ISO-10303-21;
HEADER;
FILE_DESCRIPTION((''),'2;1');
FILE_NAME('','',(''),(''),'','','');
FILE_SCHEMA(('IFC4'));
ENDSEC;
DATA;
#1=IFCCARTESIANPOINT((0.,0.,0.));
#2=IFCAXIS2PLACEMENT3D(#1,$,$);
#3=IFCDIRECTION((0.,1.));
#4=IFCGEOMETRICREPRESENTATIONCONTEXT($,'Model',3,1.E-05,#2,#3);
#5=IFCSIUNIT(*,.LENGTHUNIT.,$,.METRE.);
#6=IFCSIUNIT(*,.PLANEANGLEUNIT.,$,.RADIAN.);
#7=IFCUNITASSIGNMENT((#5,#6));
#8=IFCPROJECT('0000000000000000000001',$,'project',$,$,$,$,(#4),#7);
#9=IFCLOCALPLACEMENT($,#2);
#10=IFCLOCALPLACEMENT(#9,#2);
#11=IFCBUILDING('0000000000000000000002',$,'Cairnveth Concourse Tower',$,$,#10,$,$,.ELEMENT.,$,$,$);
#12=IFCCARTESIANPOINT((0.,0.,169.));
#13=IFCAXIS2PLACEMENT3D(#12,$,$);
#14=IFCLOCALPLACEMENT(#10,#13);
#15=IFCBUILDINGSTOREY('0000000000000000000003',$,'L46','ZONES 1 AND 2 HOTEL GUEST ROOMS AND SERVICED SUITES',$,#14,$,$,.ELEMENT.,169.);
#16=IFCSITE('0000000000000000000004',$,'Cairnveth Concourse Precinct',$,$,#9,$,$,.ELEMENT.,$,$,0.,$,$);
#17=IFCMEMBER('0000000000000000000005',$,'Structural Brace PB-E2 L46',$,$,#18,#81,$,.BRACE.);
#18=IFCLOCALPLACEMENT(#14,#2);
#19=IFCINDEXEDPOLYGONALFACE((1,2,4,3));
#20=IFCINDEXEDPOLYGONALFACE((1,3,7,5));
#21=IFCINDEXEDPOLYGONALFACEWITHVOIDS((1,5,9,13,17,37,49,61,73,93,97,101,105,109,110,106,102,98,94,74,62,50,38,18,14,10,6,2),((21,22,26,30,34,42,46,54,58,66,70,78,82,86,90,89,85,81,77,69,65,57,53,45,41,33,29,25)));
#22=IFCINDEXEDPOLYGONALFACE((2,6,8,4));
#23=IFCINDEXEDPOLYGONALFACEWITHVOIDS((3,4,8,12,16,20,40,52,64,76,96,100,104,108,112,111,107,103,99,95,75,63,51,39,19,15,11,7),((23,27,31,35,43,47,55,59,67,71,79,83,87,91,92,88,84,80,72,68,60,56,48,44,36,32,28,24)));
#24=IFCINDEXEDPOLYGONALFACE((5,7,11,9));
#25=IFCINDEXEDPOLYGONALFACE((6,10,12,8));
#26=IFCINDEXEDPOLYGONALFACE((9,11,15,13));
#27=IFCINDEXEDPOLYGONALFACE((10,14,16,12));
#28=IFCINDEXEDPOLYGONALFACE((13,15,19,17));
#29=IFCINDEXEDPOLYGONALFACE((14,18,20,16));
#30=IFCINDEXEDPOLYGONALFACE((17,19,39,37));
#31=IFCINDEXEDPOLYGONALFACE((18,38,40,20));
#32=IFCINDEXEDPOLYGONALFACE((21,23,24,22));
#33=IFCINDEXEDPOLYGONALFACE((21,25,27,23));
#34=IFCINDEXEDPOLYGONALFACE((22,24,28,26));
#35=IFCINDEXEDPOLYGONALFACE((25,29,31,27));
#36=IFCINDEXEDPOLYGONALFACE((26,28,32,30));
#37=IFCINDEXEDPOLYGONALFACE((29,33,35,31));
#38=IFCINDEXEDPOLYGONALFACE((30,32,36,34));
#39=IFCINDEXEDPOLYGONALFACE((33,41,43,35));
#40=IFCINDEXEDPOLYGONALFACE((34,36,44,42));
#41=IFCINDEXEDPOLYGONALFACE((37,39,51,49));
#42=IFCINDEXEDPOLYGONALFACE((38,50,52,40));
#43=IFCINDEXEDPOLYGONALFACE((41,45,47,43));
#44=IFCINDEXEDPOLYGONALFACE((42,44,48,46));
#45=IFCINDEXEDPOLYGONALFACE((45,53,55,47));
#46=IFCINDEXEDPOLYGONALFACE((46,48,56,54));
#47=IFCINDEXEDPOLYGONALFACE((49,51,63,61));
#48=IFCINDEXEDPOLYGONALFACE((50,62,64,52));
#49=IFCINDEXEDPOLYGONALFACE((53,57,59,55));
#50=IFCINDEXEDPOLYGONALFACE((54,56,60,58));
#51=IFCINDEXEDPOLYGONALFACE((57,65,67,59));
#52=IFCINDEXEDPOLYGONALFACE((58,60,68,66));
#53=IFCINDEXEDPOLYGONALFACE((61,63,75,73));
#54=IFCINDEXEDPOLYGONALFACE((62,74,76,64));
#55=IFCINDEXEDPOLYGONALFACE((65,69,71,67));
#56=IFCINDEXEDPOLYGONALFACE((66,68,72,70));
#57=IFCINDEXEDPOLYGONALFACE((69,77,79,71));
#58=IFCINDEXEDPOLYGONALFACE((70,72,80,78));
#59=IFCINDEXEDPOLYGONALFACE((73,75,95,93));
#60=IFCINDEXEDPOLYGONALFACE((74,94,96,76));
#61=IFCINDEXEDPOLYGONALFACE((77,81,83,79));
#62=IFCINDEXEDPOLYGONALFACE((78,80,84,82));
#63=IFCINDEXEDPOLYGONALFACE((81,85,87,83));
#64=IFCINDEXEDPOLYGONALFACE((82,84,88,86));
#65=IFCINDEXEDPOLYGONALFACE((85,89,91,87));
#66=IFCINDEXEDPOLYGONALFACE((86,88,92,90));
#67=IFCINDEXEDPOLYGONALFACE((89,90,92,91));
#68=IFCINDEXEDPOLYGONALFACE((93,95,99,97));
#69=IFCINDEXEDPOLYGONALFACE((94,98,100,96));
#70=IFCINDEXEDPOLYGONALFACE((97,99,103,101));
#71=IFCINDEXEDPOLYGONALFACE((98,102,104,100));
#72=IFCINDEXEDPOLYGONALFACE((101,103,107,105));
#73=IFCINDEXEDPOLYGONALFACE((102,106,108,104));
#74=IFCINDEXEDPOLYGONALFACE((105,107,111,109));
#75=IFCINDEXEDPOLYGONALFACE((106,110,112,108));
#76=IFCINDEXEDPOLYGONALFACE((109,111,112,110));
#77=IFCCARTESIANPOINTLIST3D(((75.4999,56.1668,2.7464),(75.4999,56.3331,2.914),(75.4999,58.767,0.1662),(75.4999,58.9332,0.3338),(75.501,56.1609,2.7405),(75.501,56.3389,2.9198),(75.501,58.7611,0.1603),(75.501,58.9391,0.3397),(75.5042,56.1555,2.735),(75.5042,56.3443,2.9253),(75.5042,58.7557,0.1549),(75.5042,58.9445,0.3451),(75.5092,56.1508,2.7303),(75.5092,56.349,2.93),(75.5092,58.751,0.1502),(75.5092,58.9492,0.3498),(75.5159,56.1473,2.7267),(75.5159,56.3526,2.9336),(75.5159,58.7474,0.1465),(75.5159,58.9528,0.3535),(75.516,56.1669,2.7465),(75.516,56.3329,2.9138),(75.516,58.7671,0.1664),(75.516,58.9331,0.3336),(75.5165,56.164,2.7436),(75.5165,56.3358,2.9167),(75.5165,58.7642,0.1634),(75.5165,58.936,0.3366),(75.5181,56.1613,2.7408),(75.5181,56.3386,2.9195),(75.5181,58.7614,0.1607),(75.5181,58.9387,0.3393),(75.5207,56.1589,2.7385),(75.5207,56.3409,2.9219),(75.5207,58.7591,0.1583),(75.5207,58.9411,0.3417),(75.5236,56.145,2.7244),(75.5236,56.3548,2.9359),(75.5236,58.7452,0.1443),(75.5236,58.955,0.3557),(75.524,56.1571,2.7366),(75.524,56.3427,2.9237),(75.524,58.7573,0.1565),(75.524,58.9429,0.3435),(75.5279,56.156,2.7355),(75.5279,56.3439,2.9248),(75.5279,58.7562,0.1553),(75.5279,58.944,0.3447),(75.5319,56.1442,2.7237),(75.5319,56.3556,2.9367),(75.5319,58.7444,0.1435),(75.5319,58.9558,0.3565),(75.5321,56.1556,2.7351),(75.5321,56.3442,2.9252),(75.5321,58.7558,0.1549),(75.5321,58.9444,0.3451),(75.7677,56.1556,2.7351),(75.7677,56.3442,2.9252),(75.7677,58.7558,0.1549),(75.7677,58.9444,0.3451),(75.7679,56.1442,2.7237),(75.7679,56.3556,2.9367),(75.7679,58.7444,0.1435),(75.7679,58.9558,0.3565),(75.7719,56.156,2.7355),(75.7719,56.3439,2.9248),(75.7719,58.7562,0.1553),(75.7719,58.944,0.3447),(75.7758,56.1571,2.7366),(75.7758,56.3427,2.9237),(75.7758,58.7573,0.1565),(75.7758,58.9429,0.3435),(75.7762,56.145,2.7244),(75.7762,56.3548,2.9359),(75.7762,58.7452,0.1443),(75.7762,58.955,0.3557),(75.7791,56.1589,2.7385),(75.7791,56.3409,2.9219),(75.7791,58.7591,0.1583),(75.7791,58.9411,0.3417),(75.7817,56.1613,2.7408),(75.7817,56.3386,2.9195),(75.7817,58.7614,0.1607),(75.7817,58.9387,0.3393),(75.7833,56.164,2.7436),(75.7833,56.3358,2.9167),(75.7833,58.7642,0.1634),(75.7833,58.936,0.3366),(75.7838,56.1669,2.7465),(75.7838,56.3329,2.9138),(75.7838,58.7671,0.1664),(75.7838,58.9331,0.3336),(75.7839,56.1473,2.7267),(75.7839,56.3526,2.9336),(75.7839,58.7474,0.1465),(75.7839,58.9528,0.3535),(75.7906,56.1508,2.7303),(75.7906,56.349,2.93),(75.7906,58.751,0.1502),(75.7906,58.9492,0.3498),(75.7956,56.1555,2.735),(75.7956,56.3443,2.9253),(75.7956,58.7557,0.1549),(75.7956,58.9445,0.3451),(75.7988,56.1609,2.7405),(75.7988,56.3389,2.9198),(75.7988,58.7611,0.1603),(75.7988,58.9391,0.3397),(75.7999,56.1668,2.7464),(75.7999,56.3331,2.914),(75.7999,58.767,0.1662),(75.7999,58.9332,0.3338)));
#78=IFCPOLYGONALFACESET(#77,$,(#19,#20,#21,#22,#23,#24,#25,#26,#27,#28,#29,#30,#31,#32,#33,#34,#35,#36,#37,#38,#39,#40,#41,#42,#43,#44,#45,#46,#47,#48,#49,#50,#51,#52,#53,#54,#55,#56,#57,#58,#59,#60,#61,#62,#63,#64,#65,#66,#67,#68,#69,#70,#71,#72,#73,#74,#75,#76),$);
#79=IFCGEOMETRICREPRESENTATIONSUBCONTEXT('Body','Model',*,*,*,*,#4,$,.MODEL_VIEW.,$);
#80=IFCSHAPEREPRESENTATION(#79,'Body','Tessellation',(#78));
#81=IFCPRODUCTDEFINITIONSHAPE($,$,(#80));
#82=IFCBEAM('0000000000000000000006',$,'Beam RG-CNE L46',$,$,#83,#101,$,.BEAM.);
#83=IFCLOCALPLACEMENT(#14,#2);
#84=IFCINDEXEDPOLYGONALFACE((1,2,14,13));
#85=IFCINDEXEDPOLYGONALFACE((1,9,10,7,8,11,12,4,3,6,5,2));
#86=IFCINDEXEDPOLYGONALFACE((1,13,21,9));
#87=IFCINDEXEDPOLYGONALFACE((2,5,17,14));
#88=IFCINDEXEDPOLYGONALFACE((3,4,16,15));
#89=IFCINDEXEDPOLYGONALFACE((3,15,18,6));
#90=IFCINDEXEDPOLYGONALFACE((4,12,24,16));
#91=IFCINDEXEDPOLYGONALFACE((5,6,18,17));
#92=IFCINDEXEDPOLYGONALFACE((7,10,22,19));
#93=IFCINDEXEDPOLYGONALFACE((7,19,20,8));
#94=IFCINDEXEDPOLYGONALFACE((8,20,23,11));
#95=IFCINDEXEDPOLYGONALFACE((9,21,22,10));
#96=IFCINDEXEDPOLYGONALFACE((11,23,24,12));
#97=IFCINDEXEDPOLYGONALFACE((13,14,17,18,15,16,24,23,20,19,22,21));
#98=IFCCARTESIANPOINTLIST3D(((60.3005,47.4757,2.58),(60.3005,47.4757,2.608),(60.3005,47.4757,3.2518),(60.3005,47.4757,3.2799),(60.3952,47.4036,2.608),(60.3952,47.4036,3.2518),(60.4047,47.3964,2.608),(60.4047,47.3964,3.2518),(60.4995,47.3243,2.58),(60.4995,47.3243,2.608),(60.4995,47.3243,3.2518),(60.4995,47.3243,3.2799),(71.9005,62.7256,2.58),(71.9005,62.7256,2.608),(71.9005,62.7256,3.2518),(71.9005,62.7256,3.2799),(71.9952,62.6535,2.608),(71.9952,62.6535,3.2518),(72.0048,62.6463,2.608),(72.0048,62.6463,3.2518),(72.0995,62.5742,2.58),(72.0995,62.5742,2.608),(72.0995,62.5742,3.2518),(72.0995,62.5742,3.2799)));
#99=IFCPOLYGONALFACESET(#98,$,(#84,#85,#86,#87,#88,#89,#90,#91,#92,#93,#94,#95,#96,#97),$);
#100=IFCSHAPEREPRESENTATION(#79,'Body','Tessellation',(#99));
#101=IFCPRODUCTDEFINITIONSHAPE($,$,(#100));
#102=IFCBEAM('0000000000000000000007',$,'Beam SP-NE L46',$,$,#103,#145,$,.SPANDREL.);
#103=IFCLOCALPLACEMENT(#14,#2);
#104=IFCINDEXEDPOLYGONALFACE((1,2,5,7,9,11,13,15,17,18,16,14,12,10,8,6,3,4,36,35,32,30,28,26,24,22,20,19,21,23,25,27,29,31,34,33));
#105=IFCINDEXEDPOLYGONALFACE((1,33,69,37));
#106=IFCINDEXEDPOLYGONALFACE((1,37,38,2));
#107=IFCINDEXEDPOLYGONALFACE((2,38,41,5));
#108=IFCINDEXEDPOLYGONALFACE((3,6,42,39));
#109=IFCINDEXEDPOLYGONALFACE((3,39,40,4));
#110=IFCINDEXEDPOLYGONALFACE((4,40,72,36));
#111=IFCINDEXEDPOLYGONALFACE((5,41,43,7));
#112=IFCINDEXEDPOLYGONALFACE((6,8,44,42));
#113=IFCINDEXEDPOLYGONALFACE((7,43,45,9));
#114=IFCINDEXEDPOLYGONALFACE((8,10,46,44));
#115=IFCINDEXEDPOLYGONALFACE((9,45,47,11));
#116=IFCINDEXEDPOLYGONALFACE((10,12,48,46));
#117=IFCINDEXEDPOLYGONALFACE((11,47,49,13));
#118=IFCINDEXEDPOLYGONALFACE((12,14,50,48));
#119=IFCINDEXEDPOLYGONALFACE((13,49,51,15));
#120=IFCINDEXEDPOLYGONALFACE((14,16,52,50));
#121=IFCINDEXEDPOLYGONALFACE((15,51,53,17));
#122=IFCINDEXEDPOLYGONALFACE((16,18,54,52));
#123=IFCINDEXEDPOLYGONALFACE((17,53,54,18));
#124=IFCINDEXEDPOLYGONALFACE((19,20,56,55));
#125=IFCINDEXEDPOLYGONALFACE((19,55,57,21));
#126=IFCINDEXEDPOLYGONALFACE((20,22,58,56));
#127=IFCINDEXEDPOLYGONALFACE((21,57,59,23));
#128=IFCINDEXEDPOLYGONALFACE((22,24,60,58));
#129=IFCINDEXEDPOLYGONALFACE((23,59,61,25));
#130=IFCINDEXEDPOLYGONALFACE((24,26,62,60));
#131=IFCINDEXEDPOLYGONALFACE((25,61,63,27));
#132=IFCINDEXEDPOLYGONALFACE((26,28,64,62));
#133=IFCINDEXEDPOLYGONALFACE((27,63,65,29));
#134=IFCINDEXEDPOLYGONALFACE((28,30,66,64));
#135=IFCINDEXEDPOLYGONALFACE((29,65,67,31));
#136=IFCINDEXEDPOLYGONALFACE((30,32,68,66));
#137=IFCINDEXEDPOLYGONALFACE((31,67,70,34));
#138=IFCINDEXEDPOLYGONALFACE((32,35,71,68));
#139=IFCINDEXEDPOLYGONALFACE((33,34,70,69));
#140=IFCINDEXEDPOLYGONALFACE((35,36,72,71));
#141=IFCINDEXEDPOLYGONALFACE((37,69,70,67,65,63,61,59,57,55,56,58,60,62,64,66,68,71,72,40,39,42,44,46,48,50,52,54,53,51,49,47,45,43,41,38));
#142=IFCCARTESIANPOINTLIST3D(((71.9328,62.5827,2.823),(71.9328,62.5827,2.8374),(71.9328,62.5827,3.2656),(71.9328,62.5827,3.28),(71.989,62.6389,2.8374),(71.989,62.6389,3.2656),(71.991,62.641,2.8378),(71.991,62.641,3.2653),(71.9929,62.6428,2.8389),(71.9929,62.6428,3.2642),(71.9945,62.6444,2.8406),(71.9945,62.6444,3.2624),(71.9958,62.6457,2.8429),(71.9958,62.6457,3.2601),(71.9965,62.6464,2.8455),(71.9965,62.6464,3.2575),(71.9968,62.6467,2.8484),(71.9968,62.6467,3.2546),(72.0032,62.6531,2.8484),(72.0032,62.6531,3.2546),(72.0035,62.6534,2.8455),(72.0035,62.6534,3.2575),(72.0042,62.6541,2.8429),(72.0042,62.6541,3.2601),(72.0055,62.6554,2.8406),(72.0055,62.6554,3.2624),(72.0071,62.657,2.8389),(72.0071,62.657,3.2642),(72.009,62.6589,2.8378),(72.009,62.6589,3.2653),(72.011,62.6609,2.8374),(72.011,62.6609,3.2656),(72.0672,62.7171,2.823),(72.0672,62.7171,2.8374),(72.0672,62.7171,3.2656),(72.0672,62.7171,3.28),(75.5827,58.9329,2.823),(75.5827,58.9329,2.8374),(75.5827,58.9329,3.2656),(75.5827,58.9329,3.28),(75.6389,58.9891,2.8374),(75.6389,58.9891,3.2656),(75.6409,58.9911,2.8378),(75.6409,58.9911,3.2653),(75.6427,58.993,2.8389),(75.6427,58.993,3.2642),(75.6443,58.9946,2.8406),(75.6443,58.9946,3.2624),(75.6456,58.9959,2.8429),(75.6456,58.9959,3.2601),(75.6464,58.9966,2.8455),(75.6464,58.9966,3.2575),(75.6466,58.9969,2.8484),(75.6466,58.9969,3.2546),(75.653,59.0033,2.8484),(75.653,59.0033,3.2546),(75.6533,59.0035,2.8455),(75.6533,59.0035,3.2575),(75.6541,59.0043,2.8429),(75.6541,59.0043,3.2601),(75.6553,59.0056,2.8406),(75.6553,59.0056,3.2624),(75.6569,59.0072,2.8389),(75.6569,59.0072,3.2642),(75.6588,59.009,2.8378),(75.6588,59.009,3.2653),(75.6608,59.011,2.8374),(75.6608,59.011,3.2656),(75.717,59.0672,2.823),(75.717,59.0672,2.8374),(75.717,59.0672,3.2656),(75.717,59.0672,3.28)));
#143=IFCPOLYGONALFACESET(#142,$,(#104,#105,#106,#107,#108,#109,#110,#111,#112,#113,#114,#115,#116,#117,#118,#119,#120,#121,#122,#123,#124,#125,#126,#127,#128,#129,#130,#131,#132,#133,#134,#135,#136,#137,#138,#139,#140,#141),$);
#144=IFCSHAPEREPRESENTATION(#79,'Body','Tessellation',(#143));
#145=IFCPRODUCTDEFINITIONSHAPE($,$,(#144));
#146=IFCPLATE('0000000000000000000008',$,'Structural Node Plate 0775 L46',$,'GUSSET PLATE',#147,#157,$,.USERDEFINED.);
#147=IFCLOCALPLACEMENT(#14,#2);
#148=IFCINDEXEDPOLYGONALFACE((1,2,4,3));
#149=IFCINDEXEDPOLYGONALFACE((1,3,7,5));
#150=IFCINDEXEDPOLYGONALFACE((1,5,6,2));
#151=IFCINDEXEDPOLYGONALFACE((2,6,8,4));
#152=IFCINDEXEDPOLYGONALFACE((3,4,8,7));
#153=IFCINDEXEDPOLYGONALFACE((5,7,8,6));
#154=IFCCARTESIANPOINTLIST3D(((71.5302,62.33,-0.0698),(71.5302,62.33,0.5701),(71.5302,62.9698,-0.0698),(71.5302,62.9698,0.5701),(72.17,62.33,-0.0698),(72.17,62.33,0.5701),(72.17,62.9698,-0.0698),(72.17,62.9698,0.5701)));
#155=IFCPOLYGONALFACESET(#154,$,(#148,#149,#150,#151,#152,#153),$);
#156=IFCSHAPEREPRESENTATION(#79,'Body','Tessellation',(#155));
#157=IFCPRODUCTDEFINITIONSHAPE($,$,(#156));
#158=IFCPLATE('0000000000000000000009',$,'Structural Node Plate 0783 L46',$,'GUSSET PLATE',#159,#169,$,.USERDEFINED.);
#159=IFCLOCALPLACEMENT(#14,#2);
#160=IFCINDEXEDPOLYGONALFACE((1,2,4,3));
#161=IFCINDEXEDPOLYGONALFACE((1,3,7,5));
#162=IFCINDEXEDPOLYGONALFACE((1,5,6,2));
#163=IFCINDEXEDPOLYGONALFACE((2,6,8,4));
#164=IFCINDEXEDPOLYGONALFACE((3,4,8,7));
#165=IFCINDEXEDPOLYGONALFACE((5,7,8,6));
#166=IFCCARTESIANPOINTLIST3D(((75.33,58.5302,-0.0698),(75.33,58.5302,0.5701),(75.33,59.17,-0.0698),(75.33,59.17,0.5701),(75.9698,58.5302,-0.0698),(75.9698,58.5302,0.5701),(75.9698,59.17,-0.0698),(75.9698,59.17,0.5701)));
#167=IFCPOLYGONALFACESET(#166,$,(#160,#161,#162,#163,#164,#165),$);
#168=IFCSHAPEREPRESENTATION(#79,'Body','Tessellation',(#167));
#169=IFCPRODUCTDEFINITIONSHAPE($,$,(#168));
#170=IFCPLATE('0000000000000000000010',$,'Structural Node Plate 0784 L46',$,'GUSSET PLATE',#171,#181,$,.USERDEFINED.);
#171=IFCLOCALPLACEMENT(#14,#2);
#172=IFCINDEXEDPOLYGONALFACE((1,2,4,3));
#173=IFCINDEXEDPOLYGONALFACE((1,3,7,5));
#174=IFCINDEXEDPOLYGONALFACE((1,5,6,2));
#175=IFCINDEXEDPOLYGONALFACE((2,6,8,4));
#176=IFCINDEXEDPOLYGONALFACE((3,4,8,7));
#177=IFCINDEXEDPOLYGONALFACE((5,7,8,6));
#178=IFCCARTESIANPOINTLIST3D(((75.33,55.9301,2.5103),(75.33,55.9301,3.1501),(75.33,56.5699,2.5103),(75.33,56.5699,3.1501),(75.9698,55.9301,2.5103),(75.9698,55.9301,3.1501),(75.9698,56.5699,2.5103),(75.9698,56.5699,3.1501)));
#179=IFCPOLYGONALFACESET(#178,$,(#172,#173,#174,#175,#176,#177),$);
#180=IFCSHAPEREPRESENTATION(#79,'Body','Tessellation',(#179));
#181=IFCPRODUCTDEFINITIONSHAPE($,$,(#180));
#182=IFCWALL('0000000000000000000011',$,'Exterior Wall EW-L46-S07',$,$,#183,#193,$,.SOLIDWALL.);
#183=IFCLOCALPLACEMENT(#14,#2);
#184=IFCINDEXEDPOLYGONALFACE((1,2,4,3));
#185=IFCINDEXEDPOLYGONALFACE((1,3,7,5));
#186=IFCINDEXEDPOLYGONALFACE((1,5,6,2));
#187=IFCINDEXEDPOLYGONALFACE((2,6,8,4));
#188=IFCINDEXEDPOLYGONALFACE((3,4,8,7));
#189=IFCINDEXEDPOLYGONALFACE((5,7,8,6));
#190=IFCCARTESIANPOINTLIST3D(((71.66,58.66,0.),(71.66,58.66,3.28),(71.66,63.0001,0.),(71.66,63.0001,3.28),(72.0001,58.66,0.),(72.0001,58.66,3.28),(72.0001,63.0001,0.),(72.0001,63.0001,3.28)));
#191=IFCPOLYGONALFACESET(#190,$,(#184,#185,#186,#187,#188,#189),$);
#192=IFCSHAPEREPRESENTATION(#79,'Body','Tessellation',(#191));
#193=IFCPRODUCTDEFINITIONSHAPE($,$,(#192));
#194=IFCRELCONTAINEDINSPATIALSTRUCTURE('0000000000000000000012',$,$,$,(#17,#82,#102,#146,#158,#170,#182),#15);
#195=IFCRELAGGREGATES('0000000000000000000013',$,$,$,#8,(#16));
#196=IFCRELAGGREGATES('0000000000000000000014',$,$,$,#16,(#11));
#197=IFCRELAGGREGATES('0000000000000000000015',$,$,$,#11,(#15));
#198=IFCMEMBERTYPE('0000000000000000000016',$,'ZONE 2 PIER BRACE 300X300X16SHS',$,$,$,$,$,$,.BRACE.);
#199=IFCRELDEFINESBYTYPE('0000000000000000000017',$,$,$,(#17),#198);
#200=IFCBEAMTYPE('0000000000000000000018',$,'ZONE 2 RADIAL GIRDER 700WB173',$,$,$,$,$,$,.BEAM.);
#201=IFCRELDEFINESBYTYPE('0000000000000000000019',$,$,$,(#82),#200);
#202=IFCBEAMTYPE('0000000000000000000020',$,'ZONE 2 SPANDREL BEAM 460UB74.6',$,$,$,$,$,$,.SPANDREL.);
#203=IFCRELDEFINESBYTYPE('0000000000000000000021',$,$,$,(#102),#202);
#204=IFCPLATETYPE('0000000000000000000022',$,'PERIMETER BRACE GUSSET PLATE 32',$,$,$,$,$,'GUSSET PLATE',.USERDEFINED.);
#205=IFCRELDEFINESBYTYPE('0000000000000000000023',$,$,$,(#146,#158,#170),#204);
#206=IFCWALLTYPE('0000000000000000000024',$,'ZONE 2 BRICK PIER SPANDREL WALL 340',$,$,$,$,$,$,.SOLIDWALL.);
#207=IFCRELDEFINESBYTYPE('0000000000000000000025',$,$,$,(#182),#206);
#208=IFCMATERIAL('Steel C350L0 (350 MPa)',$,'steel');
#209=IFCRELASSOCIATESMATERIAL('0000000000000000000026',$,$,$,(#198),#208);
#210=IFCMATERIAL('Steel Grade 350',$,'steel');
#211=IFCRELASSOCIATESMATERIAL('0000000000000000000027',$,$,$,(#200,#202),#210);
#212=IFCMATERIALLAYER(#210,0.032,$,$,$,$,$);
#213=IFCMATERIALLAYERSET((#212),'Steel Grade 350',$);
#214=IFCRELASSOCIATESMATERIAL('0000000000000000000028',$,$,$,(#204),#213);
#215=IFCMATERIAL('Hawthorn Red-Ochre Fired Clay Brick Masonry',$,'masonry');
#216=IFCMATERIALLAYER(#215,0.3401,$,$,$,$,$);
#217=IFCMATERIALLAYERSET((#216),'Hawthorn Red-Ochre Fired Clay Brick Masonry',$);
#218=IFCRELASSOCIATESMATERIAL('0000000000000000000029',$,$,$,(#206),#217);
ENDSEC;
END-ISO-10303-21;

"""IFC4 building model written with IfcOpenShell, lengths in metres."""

from ifc_helpers import new_model, si_unit, direction, frame, frame_2d, origin, origin_2d, place, context, subcontext, project, spatial, rectangle, hollow_rectangle, i_section, extrude, material, layer, layer_set, material_profile, profile_set, type_object, element, save


model = new_model("IFC4")

# Units and contexts
model_context = context("Model", 3, precision=1e-05, world=origin(), true_north=direction((0.0, 1.0)))
body_context = subcontext(model_context, "Body", "Model", "MODEL_VIEW")
ifc_project = project(units=[si_unit("LENGTHUNIT", "METRE"), si_unit("PLANEANGLEUNIT", "RADIAN")], contexts=[model_context])

# Site, building, storey
site_placement = place(None, origin())
site = spatial("IfcSite", under=ifc_project, at=site_placement, Name="Cairnveth Concourse Precinct", CompositionType="ELEMENT", RefElevation=0.0)
building_placement = place(site_placement, origin())
building = spatial("IfcBuilding", under=site, at=building_placement, Name="Cairnveth Concourse Tower", CompositionType="ELEMENT")
storey_placement = place(building_placement, frame((0.0, 0.0, 169.0)))
storey = spatial("IfcBuildingStorey", under=building, at=storey_placement, Name="L46", Description="ZONES 1 AND 2 HOTEL GUEST ROOMS AND SERVICED SUITES", CompositionType="ELEMENT", Elevation=169.0)

# Shared definitions
ifc_material_1 = material(Name="Steel Grade 350", Category="steel")

# Member
ifc_material_2 = material(Name="Steel C350L0 (350 MPa)", Category="steel")
ifc_material_profile_1 = material_profile(ifc_material_2, hollow_rectangle(XDim=0.3, YDim=0.3, WallThickness=0.0161, InnerFilletRadius=0.0161, OuterFilletRadius=0.032, at=origin_2d()), Name="300x300x16.0SHS")
ifc_profile_set_1 = profile_set([ifc_material_profile_1], Name="Steel C350L0 (350 MPa)")
member_type = type_object("IfcMemberType", Name="ZONE 2 PIER BRACE 300X300X16SHS", PredefinedType="BRACE", material=ifc_profile_set_1)
for number, where, z_axis, x_axis, name in (
    (1, (75.6499, 58.8501, 0.25), (0.0, -0.709834, 0.704369), (1.0, 0.0, 0.0), "Structural Brace PB-E2 L46"),
):
    element("IfcMember", number, at=place(storey_placement, frame(where, z_axis=z_axis, x_axis=x_axis)), inside=storey, type_object=member_type, Name=name, PredefinedType="BRACE", context=body_context, shape_type="SweptSolid", body=[
        extrude(hollow_rectangle(XDim=0.3, YDim=0.3, WallThickness=0.0161, InnerFilletRadius=0.0161, OuterFilletRadius=0.032, at=origin_2d()), origin(), (0.0, 0.0, 1.0), 3.6631),
    ])

# Beams
ifc_material_profile_2 = material_profile(ifc_material_1, i_section(OverallWidth=0.25, OverallDepth=0.7, WebThickness=0.012, FlangeThickness=0.0281, at=origin_2d()), Name="700WB173")
ifc_profile_set_2 = profile_set([ifc_material_profile_2], Name="Steel Grade 350")
beam_type_1 = type_object("IfcBeamType", Name="ZONE 2 RADIAL GIRDER 700WB173", PredefinedType="BEAM", material=ifc_profile_set_2)
beam_1_placement = place(storey_placement, frame((72.0, 62.6499, 2.9299), z_axis=(-0.605417, -0.795908, 0.0), x_axis=(0.795908, -0.605417, 0.0)))
element("IfcBeam", 2, at=beam_1_placement, inside=storey, type_object=beam_type_1, Name="Beam RG-CNE L46", PredefinedType="BEAM", context=body_context, shape_type="SweptSolid", body=[
    extrude(i_section(OverallWidth=0.25, OverallDepth=0.7, WebThickness=0.012, FlangeThickness=0.0281, at=origin_2d()), origin(), (0.0, 0.0, 1.0), 19.1604),
])
ifc_material_profile_3 = material_profile(ifc_material_1, i_section(OverallWidth=0.1899, OverallDepth=0.457, WebThickness=0.009, FlangeThickness=0.0144, FilletRadius=0.011, at=origin_2d()), Name="460UB74.6")
ifc_profile_set_3 = profile_set([ifc_material_profile_3], Name="Steel Grade 350")
beam_type_2 = type_object("IfcBeamType", Name="ZONE 2 SPANDREL BEAM 460UB74.6", PredefinedType="SPANDREL", material=ifc_profile_set_3)
beam_2_placement = place(storey_placement, frame((72.0, 62.6499, 3.0515), z_axis=(0.707107, -0.707107, 0.0), x_axis=(0.707107, 0.707107, 0.0)))
element("IfcBeam", 3, at=beam_2_placement, inside=storey, type_object=beam_type_2, Name="Beam SP-NE L46", PredefinedType="SPANDREL", context=body_context, shape_type="SweptSolid", body=[
    extrude(i_section(OverallWidth=0.1899, OverallDepth=0.457, WebThickness=0.009, FlangeThickness=0.0144, FilletRadius=0.011, at=origin_2d()), origin(), (0.0, 0.0, 1.0), 5.1616),
])

# Plates
ifc_layer_1 = layer(ifc_material_1, 0.032)
ifc_layer_set_1 = layer_set([ifc_layer_1], Name="Steel Grade 350")
plate_type = type_object("IfcPlateType", Name="PERIMETER BRACE GUSSET PLATE 32", ElementType="GUSSET PLATE", PredefinedType="USERDEFINED", material=ifc_layer_set_1)
for number, where, z_axis, x_axis, name in (
    (4, (71.8501, 62.6499, -0.0698), (0.0, 0.0, 1.0), (1.0, 0.0, 0.0), "Structural Node Plate 0775 L46"),
    (5, (75.6499, 58.8501, -0.0698), (0.0, 0.0, 1.0), (1.0, 0.0, 0.0), "Structural Node Plate 0783 L46"),
    (6, (75.6499, 56.25, 2.5103), (0.0, 0.0, 1.0), (1.0, 0.0, 0.0), "Structural Node Plate 0784 L46"),
):
    element("IfcPlate", number, at=place(storey_placement, frame(where, z_axis=z_axis, x_axis=x_axis)), inside=storey, type_object=plate_type, Name=name, ObjectType="GUSSET PLATE", PredefinedType="USERDEFINED", context=body_context, shape_type="SweptSolid", body=[
        extrude(rectangle(XDim=0.6399, YDim=0.6399, at=origin_2d()), origin(), (0.0, 0.0, 1.0), 0.6399),
    ])

# Wall
ifc_material_3 = material(Name="Hawthorn Red-Ochre Fired Clay Brick Masonry", Category="masonry")
ifc_layer_2 = layer(ifc_material_3, 0.3401)
ifc_layer_set_2 = layer_set([ifc_layer_2], Name="Hawthorn Red-Ochre Fired Clay Brick Masonry")
wall_type = type_object("IfcWallType", Name="ZONE 2 BRICK PIER SPANDREL WALL 340", PredefinedType="SOLIDWALL", material=ifc_layer_set_2)
wall_1_placement = place(storey_placement, frame((71.8301, 63.0, 0.0), z_axis=(0.0, 0.0, 1.0), x_axis=(0.0, -1.0, 0.0)))
element("IfcWall", 7, at=wall_1_placement, inside=storey, type_object=wall_type, Name="Exterior Wall EW-L46-S07", PredefinedType="SOLIDWALL", context=body_context, shape_type="SweptSolid", body=[
    extrude(rectangle(XDim=4.3401, YDim=0.3401, at=frame_2d((2.1699, 0.0))), origin(), (0.0, 0.0, 1.0), 3.28),
])

save(model, "model.ifc")
